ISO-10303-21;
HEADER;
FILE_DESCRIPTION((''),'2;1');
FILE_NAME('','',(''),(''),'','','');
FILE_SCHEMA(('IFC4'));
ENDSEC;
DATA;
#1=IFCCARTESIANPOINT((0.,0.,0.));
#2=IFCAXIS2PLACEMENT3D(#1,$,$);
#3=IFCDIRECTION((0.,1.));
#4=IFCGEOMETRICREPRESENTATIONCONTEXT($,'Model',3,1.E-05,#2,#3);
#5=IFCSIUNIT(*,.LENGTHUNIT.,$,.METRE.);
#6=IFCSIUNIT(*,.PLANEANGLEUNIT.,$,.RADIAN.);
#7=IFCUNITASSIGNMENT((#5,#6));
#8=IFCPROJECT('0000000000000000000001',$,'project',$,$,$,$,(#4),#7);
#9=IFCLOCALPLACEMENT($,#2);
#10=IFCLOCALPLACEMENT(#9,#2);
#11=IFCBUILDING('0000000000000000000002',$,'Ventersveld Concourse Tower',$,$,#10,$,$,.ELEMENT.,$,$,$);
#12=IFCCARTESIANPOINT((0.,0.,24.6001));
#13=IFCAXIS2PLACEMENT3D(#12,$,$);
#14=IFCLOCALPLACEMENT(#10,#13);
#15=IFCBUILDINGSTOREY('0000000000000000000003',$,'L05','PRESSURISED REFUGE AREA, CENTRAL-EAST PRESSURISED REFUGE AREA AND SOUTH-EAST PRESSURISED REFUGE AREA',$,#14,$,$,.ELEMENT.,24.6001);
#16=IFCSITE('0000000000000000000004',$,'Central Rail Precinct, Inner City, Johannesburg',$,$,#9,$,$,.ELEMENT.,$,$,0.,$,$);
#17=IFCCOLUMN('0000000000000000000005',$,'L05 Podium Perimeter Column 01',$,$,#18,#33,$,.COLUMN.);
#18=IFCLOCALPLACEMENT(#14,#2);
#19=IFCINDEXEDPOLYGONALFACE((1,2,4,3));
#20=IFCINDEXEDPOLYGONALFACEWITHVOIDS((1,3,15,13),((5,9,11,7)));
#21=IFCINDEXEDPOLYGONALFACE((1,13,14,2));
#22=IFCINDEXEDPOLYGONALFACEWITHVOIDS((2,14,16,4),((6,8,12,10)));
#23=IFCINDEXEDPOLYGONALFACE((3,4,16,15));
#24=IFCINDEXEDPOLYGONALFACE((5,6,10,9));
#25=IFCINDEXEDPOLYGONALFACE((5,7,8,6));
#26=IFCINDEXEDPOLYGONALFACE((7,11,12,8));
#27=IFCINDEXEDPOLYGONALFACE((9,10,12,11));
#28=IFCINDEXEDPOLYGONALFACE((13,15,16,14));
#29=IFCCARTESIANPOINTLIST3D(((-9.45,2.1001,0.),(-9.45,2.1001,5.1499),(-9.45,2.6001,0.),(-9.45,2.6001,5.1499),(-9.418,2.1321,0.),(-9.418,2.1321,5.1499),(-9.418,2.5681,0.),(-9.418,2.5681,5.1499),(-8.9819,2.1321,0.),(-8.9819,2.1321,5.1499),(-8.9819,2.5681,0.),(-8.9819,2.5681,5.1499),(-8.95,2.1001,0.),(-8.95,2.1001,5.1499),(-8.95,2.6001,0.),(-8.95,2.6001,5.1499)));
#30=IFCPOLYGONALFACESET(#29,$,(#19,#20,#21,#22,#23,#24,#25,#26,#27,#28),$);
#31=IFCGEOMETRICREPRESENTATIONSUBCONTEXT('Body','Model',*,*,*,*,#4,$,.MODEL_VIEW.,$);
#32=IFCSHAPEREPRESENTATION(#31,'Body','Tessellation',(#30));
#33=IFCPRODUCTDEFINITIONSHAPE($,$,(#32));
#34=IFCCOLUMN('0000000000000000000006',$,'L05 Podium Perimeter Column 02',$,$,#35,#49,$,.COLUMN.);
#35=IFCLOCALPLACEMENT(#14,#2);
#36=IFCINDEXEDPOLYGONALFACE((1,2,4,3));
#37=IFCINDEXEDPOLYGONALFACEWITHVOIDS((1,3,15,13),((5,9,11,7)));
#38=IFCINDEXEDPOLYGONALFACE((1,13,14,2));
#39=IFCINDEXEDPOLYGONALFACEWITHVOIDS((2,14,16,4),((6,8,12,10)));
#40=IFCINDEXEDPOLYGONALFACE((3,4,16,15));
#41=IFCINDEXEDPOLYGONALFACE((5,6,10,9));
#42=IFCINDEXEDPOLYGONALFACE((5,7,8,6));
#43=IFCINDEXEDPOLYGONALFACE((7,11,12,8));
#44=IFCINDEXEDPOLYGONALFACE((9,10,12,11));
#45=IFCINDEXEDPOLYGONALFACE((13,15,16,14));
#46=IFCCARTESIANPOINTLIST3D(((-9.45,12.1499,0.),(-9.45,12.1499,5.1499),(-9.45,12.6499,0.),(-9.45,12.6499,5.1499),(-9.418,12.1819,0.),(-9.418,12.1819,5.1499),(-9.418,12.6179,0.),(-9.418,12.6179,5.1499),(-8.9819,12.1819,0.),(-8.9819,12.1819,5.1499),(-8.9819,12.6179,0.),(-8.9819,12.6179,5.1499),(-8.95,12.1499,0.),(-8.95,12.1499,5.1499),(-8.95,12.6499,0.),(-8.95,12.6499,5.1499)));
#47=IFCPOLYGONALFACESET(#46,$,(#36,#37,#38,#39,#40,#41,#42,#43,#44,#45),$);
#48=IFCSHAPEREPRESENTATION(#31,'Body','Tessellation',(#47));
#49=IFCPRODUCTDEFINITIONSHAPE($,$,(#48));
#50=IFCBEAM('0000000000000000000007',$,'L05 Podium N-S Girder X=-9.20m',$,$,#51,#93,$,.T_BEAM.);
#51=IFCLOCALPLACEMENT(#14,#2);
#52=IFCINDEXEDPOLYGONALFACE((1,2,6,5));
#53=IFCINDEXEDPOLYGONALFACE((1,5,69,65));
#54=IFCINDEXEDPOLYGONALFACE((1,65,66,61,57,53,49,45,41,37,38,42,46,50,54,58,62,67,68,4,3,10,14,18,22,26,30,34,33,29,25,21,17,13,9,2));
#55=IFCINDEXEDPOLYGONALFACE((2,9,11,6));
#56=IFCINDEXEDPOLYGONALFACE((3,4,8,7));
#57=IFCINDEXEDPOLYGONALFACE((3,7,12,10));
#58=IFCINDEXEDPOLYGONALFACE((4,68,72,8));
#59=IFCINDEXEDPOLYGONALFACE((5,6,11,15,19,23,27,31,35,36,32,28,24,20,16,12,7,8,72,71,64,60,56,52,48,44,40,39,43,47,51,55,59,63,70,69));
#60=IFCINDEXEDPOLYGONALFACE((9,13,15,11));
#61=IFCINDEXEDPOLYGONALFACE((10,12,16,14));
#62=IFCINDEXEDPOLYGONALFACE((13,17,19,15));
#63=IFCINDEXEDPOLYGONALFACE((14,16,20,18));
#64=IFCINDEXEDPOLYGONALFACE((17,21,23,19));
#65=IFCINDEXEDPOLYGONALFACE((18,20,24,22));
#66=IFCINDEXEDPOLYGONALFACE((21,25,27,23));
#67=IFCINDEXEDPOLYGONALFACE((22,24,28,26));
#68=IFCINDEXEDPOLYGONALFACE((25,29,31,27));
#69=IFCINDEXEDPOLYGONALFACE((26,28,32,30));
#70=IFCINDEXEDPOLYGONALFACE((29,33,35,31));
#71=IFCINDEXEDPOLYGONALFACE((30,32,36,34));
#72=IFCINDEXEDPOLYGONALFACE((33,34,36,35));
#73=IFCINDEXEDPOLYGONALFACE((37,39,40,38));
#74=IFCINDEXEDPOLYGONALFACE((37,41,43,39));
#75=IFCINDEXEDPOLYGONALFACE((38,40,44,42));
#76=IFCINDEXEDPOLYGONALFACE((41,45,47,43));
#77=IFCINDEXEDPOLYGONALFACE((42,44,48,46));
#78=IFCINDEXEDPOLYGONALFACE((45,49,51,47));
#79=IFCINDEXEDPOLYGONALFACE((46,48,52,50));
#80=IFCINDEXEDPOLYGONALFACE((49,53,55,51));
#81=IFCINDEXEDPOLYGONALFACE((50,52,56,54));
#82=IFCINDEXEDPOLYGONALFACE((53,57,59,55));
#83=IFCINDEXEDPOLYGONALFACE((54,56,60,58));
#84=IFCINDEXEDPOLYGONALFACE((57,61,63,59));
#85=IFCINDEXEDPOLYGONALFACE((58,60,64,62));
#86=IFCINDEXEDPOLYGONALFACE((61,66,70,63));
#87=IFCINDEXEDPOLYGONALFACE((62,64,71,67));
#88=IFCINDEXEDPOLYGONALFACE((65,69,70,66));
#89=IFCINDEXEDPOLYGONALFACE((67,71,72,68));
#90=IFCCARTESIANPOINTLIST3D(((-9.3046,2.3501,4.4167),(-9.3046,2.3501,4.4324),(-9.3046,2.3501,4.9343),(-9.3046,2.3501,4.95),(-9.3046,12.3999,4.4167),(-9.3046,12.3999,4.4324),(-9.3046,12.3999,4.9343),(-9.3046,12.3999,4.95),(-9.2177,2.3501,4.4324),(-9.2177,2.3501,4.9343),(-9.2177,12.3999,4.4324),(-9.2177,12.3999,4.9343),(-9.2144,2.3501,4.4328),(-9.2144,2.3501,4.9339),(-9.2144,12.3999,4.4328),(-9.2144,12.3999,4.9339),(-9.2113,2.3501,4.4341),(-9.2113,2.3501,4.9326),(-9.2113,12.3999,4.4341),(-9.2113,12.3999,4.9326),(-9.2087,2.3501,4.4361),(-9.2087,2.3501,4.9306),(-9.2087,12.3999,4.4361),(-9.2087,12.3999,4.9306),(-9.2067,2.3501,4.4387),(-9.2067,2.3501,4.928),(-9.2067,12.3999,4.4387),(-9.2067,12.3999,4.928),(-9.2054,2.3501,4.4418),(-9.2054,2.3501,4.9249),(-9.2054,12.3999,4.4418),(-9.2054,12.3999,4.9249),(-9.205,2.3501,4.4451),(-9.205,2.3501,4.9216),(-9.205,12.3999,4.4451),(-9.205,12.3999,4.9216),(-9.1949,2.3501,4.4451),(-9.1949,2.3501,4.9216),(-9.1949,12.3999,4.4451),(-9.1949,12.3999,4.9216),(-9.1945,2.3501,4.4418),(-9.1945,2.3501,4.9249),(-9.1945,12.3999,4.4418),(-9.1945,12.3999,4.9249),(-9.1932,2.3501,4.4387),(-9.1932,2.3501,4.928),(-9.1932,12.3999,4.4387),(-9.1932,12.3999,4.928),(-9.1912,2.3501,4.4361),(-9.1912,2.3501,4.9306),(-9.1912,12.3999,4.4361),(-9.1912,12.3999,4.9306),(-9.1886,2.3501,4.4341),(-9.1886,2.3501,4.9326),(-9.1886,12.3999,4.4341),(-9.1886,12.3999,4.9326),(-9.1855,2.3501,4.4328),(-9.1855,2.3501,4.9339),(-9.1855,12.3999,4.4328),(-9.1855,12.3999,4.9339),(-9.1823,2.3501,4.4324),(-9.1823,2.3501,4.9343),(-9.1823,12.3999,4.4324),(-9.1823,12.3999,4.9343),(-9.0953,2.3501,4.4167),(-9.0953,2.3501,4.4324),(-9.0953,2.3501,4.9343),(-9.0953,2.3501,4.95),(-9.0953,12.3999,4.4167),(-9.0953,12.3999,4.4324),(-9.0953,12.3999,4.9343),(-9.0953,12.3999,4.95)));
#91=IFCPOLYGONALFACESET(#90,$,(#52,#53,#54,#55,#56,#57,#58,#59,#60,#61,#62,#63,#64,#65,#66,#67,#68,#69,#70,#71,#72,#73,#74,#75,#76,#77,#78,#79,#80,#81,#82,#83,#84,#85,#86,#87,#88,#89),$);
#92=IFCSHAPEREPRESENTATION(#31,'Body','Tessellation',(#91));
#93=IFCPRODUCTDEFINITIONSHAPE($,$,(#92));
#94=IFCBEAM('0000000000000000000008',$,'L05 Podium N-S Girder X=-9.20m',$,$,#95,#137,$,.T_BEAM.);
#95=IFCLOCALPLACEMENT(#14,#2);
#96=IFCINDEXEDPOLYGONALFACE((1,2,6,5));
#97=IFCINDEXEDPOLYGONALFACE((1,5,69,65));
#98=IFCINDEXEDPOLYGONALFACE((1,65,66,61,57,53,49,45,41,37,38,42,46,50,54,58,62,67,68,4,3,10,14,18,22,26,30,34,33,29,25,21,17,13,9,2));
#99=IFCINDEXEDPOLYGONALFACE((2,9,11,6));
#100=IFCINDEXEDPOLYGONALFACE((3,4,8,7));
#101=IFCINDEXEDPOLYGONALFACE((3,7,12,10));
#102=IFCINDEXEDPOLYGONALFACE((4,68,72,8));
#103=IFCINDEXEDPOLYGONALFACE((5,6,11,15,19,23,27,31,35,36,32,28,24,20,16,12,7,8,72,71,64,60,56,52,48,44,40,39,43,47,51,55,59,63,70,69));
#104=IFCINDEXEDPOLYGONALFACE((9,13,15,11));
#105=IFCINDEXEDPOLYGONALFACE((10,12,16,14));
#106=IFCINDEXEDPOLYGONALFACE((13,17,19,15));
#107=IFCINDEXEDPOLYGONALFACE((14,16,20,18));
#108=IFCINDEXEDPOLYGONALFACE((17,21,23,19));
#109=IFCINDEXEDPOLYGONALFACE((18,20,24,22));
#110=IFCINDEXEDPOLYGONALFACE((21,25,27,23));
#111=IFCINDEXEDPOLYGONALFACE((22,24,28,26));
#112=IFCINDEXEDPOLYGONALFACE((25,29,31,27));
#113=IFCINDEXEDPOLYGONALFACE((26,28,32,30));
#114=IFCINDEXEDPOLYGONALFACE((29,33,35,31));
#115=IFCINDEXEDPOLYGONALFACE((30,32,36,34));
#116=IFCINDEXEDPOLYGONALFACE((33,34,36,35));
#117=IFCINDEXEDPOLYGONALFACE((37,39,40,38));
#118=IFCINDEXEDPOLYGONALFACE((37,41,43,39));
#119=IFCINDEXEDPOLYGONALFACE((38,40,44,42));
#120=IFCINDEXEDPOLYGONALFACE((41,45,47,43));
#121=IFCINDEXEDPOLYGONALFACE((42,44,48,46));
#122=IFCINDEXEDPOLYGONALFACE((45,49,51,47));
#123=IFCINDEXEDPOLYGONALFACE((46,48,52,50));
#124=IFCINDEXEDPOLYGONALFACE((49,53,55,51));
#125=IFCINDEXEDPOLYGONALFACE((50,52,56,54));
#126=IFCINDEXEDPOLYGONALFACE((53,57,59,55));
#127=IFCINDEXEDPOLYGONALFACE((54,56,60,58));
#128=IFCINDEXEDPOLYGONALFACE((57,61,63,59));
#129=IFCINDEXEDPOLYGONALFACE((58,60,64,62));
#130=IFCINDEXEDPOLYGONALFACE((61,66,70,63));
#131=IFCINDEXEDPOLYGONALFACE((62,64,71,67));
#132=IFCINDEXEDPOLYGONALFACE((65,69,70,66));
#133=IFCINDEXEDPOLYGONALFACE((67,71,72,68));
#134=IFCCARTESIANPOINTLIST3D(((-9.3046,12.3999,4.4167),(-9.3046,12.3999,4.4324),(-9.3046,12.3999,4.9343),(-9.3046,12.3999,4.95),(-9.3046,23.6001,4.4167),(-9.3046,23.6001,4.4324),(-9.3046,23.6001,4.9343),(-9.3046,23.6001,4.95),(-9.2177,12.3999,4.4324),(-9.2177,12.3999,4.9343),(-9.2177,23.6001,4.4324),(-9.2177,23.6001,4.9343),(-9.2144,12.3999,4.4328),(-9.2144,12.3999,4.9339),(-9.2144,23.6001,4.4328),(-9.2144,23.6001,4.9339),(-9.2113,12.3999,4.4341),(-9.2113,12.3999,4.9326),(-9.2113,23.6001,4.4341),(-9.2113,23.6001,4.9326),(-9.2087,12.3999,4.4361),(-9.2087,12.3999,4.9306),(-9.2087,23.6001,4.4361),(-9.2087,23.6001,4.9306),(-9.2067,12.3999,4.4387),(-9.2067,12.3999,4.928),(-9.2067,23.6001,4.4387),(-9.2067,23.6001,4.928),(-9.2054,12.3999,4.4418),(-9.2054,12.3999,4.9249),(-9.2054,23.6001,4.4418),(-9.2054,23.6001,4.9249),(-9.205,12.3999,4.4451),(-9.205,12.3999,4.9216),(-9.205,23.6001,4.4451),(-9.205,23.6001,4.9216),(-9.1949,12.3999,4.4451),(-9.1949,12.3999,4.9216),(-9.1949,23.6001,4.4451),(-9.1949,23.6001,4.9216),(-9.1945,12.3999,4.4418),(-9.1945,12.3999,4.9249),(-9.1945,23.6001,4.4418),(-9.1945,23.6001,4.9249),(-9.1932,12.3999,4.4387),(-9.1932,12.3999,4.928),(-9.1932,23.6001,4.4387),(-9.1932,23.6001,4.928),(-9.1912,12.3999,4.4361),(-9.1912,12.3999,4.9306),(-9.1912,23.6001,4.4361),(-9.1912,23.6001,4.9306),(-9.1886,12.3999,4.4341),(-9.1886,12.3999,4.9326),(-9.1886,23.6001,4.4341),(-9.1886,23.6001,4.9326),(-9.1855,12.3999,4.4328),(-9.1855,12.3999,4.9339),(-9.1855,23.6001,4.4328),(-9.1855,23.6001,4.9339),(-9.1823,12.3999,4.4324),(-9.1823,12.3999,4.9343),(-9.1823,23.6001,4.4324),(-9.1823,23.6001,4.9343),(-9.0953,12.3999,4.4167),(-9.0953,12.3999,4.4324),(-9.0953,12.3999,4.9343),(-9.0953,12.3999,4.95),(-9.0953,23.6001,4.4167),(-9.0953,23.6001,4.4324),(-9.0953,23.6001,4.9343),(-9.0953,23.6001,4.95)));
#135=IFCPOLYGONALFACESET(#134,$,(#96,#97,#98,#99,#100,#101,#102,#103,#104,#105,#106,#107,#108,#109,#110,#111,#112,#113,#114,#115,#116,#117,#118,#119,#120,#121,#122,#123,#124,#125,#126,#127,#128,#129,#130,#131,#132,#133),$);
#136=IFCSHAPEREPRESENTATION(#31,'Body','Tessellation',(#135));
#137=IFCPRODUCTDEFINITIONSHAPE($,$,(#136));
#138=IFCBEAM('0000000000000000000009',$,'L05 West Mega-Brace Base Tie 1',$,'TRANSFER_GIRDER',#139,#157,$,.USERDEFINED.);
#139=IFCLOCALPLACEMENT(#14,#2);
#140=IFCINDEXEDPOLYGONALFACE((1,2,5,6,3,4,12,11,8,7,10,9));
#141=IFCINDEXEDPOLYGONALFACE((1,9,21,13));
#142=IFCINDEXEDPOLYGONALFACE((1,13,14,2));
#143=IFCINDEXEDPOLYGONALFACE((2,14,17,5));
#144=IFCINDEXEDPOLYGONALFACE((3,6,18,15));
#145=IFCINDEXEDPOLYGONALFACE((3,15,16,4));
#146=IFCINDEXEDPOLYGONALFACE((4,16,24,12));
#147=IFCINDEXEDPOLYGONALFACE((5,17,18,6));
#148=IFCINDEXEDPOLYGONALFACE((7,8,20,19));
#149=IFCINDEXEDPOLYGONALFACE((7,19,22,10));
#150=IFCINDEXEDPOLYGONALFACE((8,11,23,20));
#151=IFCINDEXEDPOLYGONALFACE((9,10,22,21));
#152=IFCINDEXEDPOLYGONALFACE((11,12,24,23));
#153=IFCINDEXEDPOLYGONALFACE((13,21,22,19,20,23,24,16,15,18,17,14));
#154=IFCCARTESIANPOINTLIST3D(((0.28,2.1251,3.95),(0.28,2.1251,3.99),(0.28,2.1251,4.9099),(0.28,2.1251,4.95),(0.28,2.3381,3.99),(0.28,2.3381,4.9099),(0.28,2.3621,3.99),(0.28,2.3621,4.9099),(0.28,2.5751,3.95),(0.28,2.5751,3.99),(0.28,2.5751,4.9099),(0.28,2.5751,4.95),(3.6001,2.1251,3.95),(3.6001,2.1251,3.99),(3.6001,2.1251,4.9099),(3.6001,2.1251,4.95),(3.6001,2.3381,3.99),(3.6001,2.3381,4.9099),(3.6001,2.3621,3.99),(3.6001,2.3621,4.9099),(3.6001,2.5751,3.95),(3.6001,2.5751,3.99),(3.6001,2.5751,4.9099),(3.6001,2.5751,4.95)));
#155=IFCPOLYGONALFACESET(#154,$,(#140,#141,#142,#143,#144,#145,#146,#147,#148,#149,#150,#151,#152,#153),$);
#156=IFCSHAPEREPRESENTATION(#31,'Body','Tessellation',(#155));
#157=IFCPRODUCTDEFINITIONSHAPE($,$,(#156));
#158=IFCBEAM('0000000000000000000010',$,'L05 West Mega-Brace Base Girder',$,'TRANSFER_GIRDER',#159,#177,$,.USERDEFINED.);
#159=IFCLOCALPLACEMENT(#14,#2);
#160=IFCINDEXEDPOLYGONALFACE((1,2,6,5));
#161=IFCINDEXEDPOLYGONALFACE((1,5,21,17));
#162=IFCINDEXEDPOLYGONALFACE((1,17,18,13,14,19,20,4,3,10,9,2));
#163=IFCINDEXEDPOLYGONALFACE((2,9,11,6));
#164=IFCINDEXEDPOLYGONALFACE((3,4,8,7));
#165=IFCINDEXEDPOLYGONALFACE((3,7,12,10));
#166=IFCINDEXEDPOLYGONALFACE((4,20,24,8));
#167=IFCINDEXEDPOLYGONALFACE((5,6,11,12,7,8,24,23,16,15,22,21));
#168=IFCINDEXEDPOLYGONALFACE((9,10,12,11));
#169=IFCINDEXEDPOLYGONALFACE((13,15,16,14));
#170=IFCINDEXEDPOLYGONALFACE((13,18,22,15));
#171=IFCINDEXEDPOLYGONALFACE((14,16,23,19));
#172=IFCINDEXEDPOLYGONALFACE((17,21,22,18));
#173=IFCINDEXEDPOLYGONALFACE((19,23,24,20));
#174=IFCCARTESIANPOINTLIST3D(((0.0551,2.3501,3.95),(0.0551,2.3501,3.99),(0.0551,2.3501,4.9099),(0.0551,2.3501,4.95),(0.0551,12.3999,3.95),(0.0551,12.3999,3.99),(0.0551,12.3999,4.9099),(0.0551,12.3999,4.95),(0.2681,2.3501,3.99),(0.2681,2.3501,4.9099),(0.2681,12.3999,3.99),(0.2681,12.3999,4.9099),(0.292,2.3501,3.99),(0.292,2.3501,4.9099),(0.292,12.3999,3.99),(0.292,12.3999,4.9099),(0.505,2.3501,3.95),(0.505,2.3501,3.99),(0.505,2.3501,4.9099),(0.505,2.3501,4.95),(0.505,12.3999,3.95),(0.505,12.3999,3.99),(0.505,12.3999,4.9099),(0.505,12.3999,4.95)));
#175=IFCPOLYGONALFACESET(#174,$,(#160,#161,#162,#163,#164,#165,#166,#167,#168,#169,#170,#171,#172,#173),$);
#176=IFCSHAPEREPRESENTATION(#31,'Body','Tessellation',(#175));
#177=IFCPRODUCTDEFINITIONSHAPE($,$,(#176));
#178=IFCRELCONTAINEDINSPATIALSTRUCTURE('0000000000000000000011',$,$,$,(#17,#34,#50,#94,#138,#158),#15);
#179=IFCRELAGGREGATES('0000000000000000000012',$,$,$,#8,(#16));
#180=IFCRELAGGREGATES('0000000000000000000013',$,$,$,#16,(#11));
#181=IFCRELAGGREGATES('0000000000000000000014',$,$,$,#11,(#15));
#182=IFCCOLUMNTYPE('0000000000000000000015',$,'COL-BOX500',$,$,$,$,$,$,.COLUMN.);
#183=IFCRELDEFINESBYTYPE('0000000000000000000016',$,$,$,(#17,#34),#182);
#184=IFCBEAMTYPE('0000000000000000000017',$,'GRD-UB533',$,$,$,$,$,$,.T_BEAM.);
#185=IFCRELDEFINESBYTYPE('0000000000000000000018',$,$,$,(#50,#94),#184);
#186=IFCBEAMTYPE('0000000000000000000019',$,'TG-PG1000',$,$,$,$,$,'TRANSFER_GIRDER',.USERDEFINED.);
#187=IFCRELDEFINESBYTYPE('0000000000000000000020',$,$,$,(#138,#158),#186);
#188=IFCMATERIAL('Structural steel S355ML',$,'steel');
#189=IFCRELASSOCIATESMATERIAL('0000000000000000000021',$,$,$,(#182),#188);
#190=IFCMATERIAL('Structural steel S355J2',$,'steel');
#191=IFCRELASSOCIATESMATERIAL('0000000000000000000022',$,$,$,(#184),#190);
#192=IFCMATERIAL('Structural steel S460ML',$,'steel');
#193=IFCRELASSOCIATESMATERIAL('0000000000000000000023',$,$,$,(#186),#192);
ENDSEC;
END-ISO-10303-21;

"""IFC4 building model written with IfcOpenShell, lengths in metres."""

from ifc_helpers import new_model, si_unit, direction, frame, origin, origin_2d, place, context, subcontext, project, spatial, hollow_rectangle, i_section, extrude, material, material_profile, profile_set, type_object, element, save


model = new_model("IFC4")

# Units and contexts
model_context = context("Model", 3, precision=1e-05, world=origin(), true_north=direction((0.0, 1.0)))
body_context = subcontext(model_context, "Body", "Model", "MODEL_VIEW")
ifc_project = project(units=[si_unit("LENGTHUNIT", "METRE"), si_unit("PLANEANGLEUNIT", "RADIAN")], contexts=[model_context])

# Site, building, storey
site_placement = place(None, origin())
site = spatial("IfcSite", under=ifc_project, at=site_placement, Name="Central Rail Precinct, Inner City, Johannesburg", CompositionType="ELEMENT", RefElevation=0.0)
building_placement = place(site_placement, origin())
building = spatial("IfcBuilding", under=site, at=building_placement, Name="Ventersveld Concourse Tower", CompositionType="ELEMENT")
storey_placement = place(building_placement, frame((0.0, 0.0, 24.6001)))
storey = spatial("IfcBuildingStorey", under=building, at=storey_placement, Name="L05", Description="PRESSURISED REFUGE AREA, CENTRAL-EAST PRESSURISED REFUGE AREA AND SOUTH-EAST PRESSURISED REFUGE AREA", CompositionType="ELEMENT", Elevation=24.6001)

# Columns
ifc_material_1 = material(Name="Structural steel S355ML", Category="steel")
ifc_material_profile_1 = material_profile(ifc_material_1, hollow_rectangle(XDim=0.5, YDim=0.5, WallThickness=0.032, at=origin_2d()), Name="BOX 500x500x32")
ifc_profile_set_1 = profile_set([ifc_material_profile_1], Name="Structural steel S355ML")
column_type = type_object("IfcColumnType", Name="COL-BOX500", PredefinedType="COLUMN", material=ifc_profile_set_1)
for number, where, z_axis, x_axis, name in (
    (1, (-9.2, 2.3501, 0.0), (0.0, 0.0, 1.0), (1.0, 0.0, 0.0), "L05 Podium Perimeter Column 01"),
    (2, (-9.2, 12.3999, 0.0), (0.0, 0.0, 1.0), (1.0, 0.0, 0.0), "L05 Podium Perimeter Column 02"),
):
    element("IfcColumn", number, at=place(storey_placement, frame(where, z_axis=z_axis, x_axis=x_axis)), inside=storey, type_object=column_type, Name=name, PredefinedType="COLUMN", context=body_context, shape_type="SweptSolid", body=[
        extrude(hollow_rectangle(XDim=0.5, YDim=0.5, WallThickness=0.032, at=origin_2d()), origin(), (0.0, 0.0, 1.0), 5.1499),
    ])

# Beams
ifc_material_2 = material(Name="Structural steel S355J2", Category="steel")
ifc_material_profile_2 = material_profile(ifc_material_2, i_section(OverallWidth=0.2092, OverallDepth=0.5332, WebThickness=0.01, FlangeThickness=0.0156, FilletRadius=0.0127, at=origin_2d()), Name="UB 533x210x92")
ifc_profile_set_2 = profile_set([ifc_material_profile_2], Name="Structural steel S355J2")
beam_type_1 = type_object("IfcBeamType", Name="GRD-UB533", PredefinedType="T_BEAM", material=ifc_profile_set_2)
beam_1_placement = place(storey_placement, frame((-9.2, 2.3501, 4.6833), z_axis=(0.0, 1.0, 0.0), x_axis=(-1.0, 0.0, 0.0)))
element("IfcBeam", 3, at=beam_1_placement, inside=storey, type_object=beam_type_1, Name="L05 Podium N-S Girder X=-9.20m", PredefinedType="T_BEAM", context=body_context, shape_type="SweptSolid", body=[
    extrude(i_section(OverallWidth=0.2092, OverallDepth=0.5332, WebThickness=0.01, FlangeThickness=0.0156, FilletRadius=0.0127, at=origin_2d()), origin(), (0.0, 0.0, 1.0), 10.0498),
])
beam_2_placement = place(storey_placement, frame((-9.2, 12.3999, 4.6833), z_axis=(0.0, 1.0, 0.0), x_axis=(-1.0, 0.0, 0.0)))
element("IfcBeam", 4, at=beam_2_placement, inside=storey, type_object=beam_type_1, Name="L05 Podium N-S Girder X=-9.20m", PredefinedType="T_BEAM", context=body_context, shape_type="SweptSolid", body=[
    extrude(i_section(OverallWidth=0.2092, OverallDepth=0.5332, WebThickness=0.01, FlangeThickness=0.0156, FilletRadius=0.0127, at=origin_2d()), origin(), (0.0, 0.0, 1.0), 11.2002),
])
ifc_material_3 = material(Name="Structural steel S460ML", Category="steel")
ifc_material_profile_3 = material_profile(ifc_material_3, i_section(OverallWidth=0.45, OverallDepth=1.0, WebThickness=0.0239, FlangeThickness=0.04, at=origin_2d()), Name="PG 1000x450x40")
ifc_profile_set_3 = profile_set([ifc_material_profile_3], Name="Structural steel S460ML")
beam_type_2 = type_object("IfcBeamType", Name="TG-PG1000", ElementType="TRANSFER_GIRDER", PredefinedType="USERDEFINED", material=ifc_profile_set_3)
beam_3_placement = place(storey_placement, frame((0.28, 2.3501, 4.45), z_axis=(1.0, 0.0, 0.0), x_axis=(0.0, 1.0, 0.0)))
element("IfcBeam", 5, at=beam_3_placement, inside=storey, type_object=beam_type_2, Name="L05 West Mega-Brace Base Tie 1", ObjectType="TRANSFER_GIRDER", PredefinedType="USERDEFINED", context=body_context, shape_type="SweptSolid", body=[
    extrude(i_section(OverallWidth=0.45, OverallDepth=1.0, WebThickness=0.0239, FlangeThickness=0.04, at=origin_2d()), origin(), (0.0, 0.0, 1.0), 3.3201),
])
beam_4_placement = place(storey_placement, frame((0.28, 2.3501, 4.45), z_axis=(0.0, 1.0, 0.0), x_axis=(-1.0, 0.0, 0.0)))
element("IfcBeam", 6, at=beam_4_placement, inside=storey, type_object=beam_type_2, Name="L05 West Mega-Brace Base Girder", ObjectType="TRANSFER_GIRDER", PredefinedType="USERDEFINED", context=body_context, shape_type="SweptSolid", body=[
    extrude(i_section(OverallWidth=0.45, OverallDepth=1.0, WebThickness=0.0239, FlangeThickness=0.04, at=origin_2d()), origin(), (0.0, 0.0, 1.0), 10.0498),
])

save(model, "model.ifc")
